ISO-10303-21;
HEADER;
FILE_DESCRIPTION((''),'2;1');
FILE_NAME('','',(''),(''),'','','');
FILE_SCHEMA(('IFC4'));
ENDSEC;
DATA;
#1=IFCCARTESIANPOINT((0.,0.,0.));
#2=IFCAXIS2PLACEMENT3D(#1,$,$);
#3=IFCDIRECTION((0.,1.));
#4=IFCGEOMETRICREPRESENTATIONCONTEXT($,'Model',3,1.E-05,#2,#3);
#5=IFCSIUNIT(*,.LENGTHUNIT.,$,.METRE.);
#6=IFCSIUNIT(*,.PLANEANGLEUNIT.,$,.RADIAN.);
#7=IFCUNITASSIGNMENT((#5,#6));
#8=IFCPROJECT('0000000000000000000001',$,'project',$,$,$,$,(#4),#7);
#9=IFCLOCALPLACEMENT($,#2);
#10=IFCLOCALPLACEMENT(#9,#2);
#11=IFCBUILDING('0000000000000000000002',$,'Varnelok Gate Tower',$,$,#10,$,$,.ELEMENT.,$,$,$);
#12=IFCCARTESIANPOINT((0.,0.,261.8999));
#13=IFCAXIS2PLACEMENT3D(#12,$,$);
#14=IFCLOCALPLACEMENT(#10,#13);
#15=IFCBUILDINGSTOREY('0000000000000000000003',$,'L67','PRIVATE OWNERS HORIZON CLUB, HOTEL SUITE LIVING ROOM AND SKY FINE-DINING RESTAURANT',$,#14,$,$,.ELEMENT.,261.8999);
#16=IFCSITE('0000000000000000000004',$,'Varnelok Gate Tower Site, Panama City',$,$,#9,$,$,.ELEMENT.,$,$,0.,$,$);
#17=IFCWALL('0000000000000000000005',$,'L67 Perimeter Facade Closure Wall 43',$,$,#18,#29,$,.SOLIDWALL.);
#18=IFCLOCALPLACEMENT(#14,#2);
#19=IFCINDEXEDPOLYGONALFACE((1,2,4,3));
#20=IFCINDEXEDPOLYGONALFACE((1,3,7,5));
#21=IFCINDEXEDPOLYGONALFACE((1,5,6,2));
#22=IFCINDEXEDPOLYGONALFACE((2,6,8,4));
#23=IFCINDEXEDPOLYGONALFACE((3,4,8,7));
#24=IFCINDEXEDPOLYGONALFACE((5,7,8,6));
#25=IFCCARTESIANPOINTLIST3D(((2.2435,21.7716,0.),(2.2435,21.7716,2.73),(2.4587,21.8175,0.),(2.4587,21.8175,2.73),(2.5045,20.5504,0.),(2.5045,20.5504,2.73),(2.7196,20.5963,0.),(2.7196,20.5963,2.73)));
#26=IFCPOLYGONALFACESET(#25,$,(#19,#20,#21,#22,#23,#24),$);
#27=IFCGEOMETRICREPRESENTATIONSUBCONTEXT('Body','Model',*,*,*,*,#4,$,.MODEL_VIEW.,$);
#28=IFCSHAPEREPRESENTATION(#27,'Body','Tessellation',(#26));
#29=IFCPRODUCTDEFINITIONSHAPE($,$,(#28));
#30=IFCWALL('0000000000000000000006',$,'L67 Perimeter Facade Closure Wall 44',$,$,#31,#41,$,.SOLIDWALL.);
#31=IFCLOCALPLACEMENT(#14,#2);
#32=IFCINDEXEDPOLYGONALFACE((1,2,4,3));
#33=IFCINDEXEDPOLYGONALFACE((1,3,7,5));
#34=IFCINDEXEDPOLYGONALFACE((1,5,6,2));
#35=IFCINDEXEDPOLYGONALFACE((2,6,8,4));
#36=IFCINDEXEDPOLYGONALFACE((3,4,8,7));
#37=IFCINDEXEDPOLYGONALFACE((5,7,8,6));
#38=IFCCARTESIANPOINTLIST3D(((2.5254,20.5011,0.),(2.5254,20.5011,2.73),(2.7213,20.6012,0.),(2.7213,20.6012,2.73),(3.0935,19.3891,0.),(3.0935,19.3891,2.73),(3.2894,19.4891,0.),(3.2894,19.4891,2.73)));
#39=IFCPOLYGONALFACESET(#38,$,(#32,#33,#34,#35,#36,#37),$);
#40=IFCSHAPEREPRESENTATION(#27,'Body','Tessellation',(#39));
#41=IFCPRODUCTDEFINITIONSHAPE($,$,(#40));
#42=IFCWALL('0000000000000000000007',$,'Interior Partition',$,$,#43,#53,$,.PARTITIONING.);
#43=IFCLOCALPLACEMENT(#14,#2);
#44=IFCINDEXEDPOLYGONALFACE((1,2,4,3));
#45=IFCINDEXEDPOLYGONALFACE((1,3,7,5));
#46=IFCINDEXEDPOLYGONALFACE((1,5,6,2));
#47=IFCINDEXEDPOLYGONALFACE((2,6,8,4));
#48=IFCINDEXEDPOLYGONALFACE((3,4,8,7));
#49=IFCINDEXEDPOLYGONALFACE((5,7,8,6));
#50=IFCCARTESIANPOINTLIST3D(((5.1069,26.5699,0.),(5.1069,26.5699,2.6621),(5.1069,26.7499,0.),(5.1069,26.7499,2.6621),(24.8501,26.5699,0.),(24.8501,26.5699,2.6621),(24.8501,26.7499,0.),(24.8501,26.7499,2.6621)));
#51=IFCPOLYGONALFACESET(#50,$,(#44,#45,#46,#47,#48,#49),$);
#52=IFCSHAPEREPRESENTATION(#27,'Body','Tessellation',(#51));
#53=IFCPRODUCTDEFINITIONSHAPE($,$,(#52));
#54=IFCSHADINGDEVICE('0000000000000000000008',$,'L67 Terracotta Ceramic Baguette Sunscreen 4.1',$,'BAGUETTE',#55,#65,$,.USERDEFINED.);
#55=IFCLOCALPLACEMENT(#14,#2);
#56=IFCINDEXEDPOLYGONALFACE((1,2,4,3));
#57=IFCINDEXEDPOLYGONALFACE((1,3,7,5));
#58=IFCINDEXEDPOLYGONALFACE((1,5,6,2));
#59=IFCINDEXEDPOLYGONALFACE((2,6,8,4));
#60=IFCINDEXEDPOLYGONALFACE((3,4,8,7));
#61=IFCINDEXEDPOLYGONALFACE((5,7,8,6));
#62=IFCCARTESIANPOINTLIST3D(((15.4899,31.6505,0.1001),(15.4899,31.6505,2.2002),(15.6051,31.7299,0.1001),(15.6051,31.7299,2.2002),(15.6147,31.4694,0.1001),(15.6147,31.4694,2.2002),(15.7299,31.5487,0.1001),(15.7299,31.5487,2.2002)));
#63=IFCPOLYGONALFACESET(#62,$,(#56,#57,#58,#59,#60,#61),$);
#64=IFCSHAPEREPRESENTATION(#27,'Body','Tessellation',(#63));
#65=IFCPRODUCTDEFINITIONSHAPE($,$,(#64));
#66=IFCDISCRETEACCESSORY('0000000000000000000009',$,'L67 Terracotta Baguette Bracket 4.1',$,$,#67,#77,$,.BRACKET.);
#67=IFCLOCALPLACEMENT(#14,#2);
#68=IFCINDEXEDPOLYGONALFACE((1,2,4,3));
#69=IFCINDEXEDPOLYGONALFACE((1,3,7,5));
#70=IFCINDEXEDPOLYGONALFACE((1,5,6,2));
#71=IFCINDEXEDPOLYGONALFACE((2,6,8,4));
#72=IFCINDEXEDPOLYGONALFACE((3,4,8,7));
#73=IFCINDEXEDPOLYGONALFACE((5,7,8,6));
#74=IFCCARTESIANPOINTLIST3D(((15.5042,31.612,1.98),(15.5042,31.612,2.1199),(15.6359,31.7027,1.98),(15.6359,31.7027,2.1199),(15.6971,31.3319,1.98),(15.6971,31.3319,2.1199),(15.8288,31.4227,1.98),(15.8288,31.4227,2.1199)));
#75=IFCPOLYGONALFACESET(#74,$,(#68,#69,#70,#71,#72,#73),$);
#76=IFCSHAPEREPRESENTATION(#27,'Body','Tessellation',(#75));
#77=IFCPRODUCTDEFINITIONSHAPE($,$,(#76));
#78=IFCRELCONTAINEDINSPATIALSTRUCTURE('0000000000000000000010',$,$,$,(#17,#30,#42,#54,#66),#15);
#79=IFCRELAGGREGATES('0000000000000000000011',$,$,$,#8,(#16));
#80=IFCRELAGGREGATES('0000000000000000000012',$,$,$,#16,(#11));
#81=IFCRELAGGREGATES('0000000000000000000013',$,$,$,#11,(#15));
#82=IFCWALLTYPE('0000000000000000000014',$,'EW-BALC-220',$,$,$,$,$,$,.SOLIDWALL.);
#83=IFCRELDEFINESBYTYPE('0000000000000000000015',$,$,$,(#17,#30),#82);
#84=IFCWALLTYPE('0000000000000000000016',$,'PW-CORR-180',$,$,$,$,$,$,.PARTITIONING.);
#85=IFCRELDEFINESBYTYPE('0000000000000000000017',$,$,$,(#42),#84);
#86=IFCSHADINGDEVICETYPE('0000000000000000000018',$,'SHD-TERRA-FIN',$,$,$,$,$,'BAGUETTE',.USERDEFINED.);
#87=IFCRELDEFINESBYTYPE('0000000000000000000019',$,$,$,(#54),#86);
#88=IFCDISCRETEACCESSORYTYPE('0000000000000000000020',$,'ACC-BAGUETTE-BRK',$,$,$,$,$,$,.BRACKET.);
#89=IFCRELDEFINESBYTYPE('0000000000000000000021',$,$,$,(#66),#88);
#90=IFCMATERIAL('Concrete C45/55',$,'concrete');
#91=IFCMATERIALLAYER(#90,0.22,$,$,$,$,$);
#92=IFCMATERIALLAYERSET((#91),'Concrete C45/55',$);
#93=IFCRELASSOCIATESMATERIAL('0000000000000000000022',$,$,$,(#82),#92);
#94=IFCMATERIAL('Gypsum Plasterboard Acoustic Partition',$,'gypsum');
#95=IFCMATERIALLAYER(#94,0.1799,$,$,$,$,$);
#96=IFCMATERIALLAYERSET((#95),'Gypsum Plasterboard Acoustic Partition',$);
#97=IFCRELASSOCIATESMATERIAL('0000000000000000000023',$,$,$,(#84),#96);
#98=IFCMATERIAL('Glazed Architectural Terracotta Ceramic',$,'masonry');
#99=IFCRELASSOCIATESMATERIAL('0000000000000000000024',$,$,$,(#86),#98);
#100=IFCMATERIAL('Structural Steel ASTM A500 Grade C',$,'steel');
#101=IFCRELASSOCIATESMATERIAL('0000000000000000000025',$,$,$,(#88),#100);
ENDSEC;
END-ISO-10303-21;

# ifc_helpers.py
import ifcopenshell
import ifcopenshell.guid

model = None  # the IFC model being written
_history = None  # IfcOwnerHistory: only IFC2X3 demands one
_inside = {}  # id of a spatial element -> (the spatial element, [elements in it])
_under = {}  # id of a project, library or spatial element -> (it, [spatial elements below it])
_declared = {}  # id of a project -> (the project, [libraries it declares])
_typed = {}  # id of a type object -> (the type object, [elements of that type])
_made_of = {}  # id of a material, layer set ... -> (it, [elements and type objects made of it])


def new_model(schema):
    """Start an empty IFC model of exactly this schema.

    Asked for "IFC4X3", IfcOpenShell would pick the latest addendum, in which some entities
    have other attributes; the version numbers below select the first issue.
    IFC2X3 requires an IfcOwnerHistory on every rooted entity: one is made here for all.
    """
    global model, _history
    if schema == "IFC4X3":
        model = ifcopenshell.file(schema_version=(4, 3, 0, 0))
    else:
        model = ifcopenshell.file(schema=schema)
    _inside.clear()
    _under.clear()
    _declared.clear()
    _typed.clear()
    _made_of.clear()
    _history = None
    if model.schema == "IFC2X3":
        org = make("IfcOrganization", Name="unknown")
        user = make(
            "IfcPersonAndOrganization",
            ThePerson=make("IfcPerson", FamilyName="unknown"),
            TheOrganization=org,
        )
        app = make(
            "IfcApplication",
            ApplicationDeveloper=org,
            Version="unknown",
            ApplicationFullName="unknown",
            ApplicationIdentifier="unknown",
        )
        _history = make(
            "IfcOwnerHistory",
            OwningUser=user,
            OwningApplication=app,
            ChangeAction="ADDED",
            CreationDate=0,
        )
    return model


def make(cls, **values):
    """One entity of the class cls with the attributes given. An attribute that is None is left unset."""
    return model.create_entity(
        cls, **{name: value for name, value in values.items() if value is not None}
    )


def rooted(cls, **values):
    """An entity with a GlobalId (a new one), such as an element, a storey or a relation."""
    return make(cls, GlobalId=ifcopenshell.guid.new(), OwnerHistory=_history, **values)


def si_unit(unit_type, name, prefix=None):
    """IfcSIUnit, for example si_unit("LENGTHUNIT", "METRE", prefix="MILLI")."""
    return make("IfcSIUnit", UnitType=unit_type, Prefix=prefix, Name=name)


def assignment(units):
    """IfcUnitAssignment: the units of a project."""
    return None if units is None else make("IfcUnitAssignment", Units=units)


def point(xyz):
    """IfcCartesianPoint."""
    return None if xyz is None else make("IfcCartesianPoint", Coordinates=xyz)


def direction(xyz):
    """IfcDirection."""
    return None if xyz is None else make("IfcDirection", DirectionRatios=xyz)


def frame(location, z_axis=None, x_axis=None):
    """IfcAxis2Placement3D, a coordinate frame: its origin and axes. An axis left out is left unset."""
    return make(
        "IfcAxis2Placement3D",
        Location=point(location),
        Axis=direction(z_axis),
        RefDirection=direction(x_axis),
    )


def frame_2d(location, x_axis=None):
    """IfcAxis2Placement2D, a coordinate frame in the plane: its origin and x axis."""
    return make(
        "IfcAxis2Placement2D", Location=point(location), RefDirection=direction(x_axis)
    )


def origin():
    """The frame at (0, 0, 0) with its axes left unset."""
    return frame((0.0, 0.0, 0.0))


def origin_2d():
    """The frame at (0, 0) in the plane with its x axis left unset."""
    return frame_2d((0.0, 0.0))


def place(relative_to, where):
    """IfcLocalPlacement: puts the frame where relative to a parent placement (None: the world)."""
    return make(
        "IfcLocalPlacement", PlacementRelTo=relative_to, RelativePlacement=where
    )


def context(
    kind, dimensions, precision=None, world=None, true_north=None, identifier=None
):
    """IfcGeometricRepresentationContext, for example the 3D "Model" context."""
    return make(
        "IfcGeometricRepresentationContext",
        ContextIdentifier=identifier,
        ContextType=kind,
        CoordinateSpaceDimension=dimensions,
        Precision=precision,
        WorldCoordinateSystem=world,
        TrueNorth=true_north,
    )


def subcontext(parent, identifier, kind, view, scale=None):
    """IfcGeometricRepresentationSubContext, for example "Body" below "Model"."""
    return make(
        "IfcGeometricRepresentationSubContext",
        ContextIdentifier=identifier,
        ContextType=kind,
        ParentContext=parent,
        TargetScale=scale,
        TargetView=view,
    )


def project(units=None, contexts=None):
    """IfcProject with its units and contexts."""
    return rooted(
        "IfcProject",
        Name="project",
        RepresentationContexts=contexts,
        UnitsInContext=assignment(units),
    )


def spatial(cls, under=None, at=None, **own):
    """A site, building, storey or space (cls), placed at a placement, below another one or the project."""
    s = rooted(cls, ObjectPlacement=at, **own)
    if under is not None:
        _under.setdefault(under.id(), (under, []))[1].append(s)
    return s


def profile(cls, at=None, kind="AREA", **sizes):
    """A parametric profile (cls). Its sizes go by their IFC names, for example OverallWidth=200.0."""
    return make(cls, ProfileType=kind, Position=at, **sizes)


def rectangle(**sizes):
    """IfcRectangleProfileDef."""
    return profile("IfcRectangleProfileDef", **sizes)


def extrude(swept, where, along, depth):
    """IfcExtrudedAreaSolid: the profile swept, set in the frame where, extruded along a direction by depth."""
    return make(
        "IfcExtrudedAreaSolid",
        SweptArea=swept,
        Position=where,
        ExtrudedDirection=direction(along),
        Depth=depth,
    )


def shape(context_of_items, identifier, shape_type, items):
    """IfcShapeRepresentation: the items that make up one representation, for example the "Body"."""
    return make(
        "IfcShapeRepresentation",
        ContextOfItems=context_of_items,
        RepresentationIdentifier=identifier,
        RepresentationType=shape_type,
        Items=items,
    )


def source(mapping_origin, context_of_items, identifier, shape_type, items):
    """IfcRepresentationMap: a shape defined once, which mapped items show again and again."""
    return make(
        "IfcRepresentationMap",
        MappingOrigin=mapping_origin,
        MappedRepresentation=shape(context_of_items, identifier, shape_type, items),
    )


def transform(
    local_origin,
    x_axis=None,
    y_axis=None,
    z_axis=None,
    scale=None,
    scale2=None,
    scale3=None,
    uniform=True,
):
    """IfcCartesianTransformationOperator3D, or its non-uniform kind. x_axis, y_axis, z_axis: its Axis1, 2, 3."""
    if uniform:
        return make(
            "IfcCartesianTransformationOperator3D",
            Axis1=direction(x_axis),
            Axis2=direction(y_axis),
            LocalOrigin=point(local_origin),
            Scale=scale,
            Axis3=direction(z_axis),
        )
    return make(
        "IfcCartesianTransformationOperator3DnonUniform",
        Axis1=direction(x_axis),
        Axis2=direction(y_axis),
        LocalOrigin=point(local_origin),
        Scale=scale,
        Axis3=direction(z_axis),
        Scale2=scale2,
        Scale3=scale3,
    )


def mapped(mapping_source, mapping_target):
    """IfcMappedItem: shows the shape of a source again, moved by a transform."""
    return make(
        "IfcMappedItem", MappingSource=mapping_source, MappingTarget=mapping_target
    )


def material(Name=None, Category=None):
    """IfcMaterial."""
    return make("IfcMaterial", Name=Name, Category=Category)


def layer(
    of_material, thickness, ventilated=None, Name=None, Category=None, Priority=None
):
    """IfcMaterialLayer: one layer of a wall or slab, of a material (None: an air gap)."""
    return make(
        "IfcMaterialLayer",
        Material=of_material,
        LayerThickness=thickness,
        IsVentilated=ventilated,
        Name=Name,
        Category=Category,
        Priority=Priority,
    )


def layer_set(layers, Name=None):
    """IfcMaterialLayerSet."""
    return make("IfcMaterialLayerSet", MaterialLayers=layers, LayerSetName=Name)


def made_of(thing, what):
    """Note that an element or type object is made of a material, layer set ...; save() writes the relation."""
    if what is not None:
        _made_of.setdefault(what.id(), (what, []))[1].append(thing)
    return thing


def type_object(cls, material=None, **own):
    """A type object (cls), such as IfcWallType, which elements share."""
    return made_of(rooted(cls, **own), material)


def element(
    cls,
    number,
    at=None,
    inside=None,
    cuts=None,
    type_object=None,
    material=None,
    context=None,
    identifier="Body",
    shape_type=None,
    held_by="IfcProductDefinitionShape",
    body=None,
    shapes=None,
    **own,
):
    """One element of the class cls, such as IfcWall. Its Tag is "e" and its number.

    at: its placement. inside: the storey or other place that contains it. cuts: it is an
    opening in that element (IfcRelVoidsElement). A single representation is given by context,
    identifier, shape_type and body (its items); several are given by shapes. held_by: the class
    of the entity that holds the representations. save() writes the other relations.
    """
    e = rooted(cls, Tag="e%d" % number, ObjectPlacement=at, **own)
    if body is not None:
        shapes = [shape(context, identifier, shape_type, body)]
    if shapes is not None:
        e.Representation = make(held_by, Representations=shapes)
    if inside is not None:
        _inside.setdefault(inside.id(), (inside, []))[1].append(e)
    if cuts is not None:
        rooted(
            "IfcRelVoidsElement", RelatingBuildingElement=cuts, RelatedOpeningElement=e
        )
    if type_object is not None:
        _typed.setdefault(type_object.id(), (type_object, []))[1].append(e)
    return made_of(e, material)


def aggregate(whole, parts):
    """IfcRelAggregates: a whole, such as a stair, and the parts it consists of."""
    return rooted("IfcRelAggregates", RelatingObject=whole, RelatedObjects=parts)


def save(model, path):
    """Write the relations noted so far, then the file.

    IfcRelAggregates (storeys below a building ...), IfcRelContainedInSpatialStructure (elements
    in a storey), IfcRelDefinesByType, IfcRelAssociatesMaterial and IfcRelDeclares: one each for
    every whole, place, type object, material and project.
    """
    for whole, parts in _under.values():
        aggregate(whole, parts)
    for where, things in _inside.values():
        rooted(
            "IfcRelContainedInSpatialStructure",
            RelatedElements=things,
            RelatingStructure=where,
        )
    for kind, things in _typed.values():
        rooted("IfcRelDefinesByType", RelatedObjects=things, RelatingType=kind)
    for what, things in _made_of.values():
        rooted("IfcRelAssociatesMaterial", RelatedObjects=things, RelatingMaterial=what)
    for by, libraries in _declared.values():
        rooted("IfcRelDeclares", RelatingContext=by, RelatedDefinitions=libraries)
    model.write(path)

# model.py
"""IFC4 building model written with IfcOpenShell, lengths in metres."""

from ifc_helpers import new_model, si_unit, direction, frame, frame_2d, origin, origin_2d, place, context, subcontext, project, spatial, rectangle, extrude, source, transform, mapped, material, layer, layer_set, type_object, element, save


model = new_model("IFC4")

# Units and contexts
model_context = context("Model", 3, precision=1e-05, world=origin(), true_north=direction((0.0, 1.0)))
body_context = subcontext(model_context, "Body", "Model", "MODEL_VIEW")
ifc_project = project(units=[si_unit("LENGTHUNIT", "METRE"), si_unit("PLANEANGLEUNIT", "RADIAN")], contexts=[model_context])

# Site, building, storey
site_placement = place(None, origin())
site = spatial("IfcSite", under=ifc_project, at=site_placement, Name="Varnelok Gate Tower Site, Panama City", CompositionType="ELEMENT", RefElevation=0.0)
building_placement = place(site_placement, origin())
building = spatial("IfcBuilding", under=site, at=building_placement, Name="Varnelok Gate Tower", CompositionType="ELEMENT")
storey_placement = place(building_placement, frame((0.0, 0.0, 261.8999)))
storey = spatial("IfcBuildingStorey", under=building, at=storey_placement, Name="L67", Description="PRIVATE OWNERS HORIZON CLUB, HOTEL SUITE LIVING ROOM AND SKY FINE-DINING RESTAURANT", CompositionType="ELEMENT", Elevation=261.8999)

# Shared definitions
ifc_material_1 = material(Name="Concrete C45/55", Category="concrete")
ifc_layer_1 = layer(ifc_material_1, 0.22)
ifc_layer_set_1 = layer_set([ifc_layer_1], Name="Concrete C45/55")
wall_type_1 = type_object("IfcWallType", Name="EW-BALC-220", PredefinedType="SOLIDWALL", material=ifc_layer_set_1)

# Walls
for number, where, z_axis, x_axis, name in (
    (1, (2.3511, 21.7947, 0.0), (0.0, 0.0, 1.0), (0.208995, -0.977917, 0.0), "L67 Perimeter Facade Closure Wall 43"),
    (2, (2.6233, 20.5513, 0.0), (0.0, 0.0, 1.0), (0.454939, -0.890523, 0.0), "L67 Perimeter Facade Closure Wall 44"),
):
    element("IfcWall", number, at=place(storey_placement, frame(where, z_axis=z_axis, x_axis=x_axis)), inside=storey, type_object=wall_type_1, Name=name, PredefinedType="SOLIDWALL", context=body_context, shape_type="SweptSolid", body=[
        extrude(rectangle(XDim=1.2488, YDim=0.22, at=frame_2d((0.6245, 0.0))), origin(), (0.0, 0.0, 1.0), 2.73),
    ])
ifc_material_2 = material(Name="Gypsum Plasterboard Acoustic Partition", Category="gypsum")
ifc_layer_2 = layer(ifc_material_2, 0.1799)
ifc_layer_set_2 = layer_set([ifc_layer_2], Name="Gypsum Plasterboard Acoustic Partition")
wall_type_2 = type_object("IfcWallType", Name="PW-CORR-180", PredefinedType="PARTITIONING", material=ifc_layer_set_2)
wall_1_placement = place(storey_placement, frame((5.1069, 26.6599, 0.0), z_axis=(0.0, 0.0, 1.0), x_axis=(1.0, 0.0, 0.0)))
element("IfcWall", 3, at=wall_1_placement, inside=storey, type_object=wall_type_2, Name="Interior Partition", PredefinedType="PARTITIONING", context=body_context, shape_type="SweptSolid", body=[
    extrude(rectangle(XDim=19.7432, YDim=0.1799, at=frame_2d((9.8716, 0.0))), origin(), (0.0, 0.0, 1.0), 2.6621),
])

# Shading device
ifc_material_3 = material(Name="Glazed Architectural Terracotta Ceramic", Category="masonry")
shading_device_type = type_object("IfcShadingDeviceType", Name="SHD-TERRA-FIN", ElementType="BAGUETTE", PredefinedType="USERDEFINED", material=ifc_material_3)
shared_shape_1 = source(origin(), body_context, "Body", "SweptSolid", [
    extrude(rectangle(XDim=0.1399, YDim=0.22, at=origin_2d()), origin(), (0.0, 0.0, 1.0), 2.1001),
])
shading_device_placement = place(storey_placement, frame((15.6099, 31.5996, 0.1001), z_axis=(0.0, 0.0, 1.0), x_axis=(0.823533, 0.567269, 0.0)))
element("IfcShadingDevice", 4, at=shading_device_placement, inside=storey, type_object=shading_device_type, Name="L67 Terracotta Ceramic Baguette Sunscreen 4.1", ObjectType="BAGUETTE", PredefinedType="USERDEFINED", context=body_context, shape_type="MappedRepresentation", body=[
    mapped(shared_shape_1, transform((0.0, 0.0, 0.0), scale=1.0)),
])

# Discrete accessory
ifc_material_4 = material(Name="Structural Steel ASTM A500 Grade C", Category="steel")
discrete_accessory_type = type_object("IfcDiscreteAccessoryType", Name="ACC-BAGUETTE-BRK", PredefinedType="BRACKET", material=ifc_material_4)
shared_shape_2 = source(origin(), body_context, "Body", "SweptSolid", [
    extrude(rectangle(XDim=0.1599, YDim=0.3401, at=origin_2d()), origin(), (0.0, 0.0, 1.0), 0.1399),
])
discrete_accessory_placement = place(storey_placement, frame((15.6665, 31.5173, 1.98), z_axis=(0.0, 0.0, 1.0), x_axis=(0.823533, 0.567269, 0.0)))
element("IfcDiscreteAccessory", 5, at=discrete_accessory_placement, inside=storey, type_object=discrete_accessory_type, Name="L67 Terracotta Baguette Bracket 4.1", PredefinedType="BRACKET", context=body_context, shape_type="MappedRepresentation", body=[
    mapped(shared_shape_2, transform((0.0, 0.0, 0.0), scale=1.0)),
])

save(model, "model.ifc")
